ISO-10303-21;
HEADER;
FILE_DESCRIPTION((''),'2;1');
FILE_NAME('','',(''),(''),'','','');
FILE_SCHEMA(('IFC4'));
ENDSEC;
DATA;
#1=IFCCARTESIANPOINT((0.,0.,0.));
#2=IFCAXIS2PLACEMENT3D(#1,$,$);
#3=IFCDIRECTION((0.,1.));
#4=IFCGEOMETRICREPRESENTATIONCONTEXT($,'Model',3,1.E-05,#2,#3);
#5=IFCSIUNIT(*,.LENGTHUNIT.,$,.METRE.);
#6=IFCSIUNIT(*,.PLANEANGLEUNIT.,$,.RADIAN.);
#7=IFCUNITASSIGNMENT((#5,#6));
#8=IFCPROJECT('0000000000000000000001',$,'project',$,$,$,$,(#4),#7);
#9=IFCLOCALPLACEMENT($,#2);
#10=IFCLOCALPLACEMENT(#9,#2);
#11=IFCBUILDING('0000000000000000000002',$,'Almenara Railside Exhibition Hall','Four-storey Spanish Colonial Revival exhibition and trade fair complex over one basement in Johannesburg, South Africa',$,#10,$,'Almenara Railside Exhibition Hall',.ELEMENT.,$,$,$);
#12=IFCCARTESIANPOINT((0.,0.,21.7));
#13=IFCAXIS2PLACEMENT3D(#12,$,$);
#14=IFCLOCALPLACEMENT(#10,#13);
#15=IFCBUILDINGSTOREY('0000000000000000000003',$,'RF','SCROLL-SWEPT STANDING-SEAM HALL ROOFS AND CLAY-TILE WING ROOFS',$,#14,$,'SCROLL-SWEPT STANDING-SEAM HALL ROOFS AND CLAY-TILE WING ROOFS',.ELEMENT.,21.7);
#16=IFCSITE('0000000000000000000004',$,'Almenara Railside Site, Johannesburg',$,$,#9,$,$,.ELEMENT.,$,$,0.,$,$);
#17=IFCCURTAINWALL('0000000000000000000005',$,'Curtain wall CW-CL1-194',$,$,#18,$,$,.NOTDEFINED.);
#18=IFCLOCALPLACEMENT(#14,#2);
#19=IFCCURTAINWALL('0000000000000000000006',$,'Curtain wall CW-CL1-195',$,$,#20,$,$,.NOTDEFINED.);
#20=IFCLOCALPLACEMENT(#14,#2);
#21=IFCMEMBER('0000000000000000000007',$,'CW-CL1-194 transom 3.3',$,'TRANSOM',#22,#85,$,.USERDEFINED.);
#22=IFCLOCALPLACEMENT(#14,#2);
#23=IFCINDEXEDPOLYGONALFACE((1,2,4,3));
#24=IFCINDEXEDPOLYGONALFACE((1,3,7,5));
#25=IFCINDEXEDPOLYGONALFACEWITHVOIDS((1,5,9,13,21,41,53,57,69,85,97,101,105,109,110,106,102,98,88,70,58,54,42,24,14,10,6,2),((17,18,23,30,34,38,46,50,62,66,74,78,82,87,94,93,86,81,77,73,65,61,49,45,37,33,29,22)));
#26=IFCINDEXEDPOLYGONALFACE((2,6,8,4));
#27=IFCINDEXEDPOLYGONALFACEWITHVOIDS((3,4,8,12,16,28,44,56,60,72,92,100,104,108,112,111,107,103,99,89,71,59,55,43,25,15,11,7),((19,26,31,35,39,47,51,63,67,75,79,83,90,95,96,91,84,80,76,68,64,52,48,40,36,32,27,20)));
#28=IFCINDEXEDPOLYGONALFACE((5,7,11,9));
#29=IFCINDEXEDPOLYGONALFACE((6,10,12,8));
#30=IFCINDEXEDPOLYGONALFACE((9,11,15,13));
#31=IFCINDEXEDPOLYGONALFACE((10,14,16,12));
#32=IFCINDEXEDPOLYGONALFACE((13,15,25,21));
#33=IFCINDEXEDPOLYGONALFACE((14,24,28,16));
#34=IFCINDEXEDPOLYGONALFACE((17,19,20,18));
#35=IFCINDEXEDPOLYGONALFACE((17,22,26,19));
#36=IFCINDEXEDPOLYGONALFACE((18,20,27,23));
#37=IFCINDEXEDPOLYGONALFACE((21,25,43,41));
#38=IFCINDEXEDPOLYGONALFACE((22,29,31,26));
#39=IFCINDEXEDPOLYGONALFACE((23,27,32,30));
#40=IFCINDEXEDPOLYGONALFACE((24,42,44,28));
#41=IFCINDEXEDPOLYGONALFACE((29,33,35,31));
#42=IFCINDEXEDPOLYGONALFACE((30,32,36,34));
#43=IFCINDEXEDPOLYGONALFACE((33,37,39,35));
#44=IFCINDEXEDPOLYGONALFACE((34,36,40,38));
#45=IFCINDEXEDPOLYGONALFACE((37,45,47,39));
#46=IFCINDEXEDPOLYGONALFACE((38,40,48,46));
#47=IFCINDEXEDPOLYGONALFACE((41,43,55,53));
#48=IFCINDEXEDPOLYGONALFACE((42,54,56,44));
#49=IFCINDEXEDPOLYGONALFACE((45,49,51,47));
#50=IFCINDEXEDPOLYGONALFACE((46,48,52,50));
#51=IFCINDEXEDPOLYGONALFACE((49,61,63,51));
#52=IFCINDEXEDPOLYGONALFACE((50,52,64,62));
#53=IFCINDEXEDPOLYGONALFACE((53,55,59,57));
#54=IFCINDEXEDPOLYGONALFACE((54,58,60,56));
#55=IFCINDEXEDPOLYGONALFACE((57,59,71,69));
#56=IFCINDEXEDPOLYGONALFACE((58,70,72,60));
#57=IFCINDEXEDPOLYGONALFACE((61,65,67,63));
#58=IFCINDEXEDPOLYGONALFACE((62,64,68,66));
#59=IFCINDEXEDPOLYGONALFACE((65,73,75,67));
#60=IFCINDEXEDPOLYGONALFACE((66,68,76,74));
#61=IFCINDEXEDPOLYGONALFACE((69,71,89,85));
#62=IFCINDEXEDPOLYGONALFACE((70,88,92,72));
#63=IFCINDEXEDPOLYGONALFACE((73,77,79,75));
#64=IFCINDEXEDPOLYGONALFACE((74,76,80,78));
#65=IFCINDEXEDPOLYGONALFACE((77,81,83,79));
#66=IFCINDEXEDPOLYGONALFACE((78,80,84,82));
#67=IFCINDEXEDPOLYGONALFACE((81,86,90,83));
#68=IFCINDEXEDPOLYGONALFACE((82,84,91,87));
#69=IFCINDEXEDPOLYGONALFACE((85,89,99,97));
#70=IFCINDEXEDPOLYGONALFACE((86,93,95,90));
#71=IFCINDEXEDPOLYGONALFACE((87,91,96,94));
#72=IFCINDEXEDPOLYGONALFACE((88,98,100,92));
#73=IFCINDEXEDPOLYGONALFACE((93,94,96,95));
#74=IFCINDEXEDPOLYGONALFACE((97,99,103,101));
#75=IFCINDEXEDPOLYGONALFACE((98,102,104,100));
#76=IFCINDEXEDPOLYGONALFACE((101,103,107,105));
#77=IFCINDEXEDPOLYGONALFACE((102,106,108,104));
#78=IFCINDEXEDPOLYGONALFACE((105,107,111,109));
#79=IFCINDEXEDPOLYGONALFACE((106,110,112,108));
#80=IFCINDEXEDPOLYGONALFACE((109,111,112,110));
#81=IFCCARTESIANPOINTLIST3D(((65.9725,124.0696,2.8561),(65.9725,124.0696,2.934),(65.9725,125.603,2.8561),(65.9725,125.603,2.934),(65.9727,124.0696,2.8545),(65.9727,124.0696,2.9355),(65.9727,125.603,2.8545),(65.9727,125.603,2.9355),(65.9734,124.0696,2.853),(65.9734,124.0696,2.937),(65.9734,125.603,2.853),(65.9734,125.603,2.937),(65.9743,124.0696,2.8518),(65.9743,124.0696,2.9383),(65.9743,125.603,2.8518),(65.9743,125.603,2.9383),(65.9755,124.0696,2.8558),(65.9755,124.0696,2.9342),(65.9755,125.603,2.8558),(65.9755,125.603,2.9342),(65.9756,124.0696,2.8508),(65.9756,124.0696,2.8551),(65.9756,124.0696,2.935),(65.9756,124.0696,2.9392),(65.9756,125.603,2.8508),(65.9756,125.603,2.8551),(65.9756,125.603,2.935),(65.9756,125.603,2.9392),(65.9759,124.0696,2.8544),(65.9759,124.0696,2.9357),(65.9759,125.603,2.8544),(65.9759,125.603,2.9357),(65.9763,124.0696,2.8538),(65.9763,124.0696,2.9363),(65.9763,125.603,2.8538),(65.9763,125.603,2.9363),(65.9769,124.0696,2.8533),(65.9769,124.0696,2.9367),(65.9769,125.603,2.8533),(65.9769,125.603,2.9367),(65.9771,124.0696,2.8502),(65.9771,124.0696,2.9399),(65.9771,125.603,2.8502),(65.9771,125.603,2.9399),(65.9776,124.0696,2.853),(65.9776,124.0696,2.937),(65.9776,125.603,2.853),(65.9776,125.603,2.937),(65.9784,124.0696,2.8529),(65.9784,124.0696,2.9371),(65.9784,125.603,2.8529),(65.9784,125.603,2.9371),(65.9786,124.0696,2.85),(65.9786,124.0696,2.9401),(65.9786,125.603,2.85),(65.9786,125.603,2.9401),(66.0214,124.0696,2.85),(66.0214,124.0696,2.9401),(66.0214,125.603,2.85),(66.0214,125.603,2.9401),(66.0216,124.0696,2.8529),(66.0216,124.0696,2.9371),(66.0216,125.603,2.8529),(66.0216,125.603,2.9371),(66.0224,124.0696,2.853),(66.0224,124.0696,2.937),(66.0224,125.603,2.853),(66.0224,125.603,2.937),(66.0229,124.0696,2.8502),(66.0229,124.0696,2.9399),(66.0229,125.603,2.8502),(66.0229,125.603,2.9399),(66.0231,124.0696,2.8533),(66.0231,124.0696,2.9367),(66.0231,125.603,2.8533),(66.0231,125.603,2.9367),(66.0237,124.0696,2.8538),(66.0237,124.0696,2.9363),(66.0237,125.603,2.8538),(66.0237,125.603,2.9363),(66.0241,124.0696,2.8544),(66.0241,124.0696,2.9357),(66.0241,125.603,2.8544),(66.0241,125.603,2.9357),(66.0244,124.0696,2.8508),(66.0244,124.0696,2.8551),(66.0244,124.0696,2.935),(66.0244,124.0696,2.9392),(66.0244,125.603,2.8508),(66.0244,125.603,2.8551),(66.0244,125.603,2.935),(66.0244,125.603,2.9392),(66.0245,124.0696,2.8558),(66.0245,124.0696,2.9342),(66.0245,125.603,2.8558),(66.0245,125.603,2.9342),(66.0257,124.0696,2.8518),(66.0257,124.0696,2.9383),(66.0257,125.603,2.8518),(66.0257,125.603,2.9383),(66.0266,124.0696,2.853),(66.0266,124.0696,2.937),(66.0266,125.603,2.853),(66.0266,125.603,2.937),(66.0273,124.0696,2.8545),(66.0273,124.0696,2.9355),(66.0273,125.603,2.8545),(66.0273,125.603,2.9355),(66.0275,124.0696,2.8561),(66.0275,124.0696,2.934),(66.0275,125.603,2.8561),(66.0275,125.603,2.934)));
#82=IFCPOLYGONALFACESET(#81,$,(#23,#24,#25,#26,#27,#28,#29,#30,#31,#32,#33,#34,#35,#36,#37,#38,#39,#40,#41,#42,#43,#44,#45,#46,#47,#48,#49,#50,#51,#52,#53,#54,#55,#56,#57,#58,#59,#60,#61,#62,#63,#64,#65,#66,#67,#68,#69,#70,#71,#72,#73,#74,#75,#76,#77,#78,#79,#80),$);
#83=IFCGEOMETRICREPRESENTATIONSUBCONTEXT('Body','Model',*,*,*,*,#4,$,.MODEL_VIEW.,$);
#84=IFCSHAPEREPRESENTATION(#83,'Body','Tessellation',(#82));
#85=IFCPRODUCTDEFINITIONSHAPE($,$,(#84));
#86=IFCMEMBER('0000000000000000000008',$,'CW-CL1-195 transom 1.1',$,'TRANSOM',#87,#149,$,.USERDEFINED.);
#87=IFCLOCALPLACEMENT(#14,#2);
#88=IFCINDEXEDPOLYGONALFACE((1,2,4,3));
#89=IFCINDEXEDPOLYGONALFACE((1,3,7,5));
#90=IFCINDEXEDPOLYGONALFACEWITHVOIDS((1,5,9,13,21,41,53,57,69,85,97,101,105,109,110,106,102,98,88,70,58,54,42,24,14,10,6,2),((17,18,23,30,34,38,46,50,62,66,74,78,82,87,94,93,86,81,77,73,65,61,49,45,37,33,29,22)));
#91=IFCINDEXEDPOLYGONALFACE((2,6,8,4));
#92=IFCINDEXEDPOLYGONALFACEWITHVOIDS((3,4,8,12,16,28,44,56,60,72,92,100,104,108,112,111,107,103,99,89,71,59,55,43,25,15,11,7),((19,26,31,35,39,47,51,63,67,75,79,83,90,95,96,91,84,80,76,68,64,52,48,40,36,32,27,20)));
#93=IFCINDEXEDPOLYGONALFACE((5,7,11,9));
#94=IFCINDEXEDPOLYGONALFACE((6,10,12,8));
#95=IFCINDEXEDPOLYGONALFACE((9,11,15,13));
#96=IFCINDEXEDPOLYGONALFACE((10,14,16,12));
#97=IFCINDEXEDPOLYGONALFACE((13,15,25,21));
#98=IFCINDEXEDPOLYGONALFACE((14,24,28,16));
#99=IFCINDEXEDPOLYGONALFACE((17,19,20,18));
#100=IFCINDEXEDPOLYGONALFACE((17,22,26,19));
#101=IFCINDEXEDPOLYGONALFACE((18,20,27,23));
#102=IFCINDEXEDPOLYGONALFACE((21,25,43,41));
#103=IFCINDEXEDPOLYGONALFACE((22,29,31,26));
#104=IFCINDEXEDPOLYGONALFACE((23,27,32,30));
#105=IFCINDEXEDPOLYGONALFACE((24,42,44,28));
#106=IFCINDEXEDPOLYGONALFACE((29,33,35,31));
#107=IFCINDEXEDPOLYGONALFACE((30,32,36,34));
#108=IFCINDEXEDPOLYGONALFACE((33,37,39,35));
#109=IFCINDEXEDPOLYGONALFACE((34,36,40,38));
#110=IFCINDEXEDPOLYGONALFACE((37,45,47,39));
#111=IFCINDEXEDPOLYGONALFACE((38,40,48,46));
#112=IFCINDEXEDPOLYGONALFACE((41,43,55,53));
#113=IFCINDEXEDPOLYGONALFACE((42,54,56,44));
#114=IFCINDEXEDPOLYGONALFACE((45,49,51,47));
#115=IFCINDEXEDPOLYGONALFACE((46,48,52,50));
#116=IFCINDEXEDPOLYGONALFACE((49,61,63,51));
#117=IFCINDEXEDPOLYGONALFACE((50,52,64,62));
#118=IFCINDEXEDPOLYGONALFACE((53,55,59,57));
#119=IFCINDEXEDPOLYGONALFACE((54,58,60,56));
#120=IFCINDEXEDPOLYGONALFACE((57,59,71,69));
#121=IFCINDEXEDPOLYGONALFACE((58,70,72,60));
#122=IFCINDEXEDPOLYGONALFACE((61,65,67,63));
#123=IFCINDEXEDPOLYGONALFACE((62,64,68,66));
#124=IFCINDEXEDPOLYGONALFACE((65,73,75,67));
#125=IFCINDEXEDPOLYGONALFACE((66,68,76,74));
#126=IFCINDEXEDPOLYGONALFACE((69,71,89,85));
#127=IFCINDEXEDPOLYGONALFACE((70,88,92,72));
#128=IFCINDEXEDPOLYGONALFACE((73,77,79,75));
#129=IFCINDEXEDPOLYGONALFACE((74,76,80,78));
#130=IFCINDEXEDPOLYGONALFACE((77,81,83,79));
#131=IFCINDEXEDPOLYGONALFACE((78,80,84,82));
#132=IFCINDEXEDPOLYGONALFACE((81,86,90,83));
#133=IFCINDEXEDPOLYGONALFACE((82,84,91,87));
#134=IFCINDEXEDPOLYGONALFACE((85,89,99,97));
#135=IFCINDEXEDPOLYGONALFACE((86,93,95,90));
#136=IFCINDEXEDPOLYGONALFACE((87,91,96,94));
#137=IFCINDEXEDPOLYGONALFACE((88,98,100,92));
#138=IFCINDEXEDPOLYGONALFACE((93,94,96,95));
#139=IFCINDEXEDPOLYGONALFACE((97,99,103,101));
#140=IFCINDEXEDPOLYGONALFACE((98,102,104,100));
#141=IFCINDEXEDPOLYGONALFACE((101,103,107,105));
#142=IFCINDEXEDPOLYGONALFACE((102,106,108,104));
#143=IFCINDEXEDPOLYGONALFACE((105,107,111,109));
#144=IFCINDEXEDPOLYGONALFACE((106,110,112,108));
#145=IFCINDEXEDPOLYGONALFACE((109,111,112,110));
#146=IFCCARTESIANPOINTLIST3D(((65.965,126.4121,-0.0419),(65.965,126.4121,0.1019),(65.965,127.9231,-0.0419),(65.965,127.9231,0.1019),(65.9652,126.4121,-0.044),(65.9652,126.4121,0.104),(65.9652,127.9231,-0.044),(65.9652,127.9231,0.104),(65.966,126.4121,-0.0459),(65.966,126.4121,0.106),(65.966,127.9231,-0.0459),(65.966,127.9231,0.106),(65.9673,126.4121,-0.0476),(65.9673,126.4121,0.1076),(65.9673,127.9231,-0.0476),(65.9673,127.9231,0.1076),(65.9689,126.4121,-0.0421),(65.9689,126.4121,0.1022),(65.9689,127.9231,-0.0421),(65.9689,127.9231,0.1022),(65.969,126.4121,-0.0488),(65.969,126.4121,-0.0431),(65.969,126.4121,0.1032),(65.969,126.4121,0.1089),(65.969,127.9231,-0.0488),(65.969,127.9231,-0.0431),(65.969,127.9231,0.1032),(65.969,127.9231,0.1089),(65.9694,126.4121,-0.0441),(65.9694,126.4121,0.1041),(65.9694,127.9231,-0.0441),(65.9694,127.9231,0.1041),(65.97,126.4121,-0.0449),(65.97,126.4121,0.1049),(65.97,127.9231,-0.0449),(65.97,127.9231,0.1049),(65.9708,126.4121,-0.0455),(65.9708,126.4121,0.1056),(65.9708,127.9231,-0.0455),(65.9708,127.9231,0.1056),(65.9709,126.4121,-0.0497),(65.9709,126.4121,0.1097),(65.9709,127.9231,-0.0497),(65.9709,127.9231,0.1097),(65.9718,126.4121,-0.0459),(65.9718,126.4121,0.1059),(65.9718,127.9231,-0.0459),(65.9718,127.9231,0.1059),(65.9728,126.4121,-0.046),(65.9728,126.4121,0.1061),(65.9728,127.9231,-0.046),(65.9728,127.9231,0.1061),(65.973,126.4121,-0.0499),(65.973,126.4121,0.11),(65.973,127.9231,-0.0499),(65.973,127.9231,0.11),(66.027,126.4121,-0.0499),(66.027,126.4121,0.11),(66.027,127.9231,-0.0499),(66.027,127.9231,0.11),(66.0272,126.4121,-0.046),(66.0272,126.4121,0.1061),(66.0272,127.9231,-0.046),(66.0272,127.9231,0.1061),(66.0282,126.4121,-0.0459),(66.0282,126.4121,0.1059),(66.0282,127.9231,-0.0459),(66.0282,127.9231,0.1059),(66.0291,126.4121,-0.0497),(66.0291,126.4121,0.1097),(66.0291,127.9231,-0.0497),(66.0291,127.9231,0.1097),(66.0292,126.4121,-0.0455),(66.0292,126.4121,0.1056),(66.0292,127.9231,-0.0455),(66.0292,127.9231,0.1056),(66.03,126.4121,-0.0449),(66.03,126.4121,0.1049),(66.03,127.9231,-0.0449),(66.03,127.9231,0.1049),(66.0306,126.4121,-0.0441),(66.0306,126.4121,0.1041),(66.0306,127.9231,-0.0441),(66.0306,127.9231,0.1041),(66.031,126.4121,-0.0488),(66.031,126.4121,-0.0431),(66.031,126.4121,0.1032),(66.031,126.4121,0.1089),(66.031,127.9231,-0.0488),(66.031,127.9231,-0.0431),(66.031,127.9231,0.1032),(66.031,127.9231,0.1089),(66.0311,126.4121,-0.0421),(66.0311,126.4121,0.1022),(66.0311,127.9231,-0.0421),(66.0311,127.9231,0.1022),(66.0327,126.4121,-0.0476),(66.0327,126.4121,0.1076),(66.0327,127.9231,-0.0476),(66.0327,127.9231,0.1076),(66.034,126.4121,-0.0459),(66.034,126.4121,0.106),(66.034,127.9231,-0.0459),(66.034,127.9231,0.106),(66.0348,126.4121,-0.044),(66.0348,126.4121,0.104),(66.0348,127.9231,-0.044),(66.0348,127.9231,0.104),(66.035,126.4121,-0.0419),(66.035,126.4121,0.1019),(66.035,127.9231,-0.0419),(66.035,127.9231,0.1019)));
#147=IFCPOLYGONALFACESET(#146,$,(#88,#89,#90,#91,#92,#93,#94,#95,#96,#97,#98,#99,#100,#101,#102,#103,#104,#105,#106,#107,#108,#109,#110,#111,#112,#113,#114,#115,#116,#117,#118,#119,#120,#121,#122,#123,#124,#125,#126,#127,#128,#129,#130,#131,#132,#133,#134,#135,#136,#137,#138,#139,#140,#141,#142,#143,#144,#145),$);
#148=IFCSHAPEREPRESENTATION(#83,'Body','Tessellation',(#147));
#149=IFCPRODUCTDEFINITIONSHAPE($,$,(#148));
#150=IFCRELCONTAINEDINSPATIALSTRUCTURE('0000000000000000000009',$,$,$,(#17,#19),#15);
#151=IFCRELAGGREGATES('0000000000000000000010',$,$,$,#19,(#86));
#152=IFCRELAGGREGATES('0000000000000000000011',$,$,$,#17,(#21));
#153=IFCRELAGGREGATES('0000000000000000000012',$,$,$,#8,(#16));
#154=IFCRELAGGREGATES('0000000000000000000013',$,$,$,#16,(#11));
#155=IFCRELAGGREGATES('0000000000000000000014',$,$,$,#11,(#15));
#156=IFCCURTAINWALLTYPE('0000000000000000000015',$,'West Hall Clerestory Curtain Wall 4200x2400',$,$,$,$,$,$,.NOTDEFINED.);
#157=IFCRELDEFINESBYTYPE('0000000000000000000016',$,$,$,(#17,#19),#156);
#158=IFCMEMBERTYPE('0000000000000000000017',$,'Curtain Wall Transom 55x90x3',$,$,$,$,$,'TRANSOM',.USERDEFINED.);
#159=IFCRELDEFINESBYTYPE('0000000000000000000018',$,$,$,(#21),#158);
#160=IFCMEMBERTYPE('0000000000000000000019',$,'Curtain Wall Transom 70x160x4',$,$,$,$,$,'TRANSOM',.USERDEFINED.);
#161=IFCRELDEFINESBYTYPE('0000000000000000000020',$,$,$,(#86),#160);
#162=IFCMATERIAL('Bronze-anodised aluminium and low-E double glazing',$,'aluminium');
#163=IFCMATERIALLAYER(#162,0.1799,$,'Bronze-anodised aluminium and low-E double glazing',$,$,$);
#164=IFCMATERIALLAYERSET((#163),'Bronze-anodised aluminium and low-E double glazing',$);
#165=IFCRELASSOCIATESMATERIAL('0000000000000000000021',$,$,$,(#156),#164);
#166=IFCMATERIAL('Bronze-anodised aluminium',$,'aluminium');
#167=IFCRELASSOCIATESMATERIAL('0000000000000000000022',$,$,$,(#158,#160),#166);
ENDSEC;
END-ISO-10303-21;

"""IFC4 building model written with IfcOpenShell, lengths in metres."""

from ifc_helpers import new_model, si_unit, direction, frame, origin, origin_2d, place, context, subcontext, project, spatial, hollow_rectangle, extrude, material, layer, layer_set, material_profile, profile_set, type_object, element, aggregate, save


model = new_model("IFC4")

# Units and contexts
model_context = context("Model", 3, precision=1e-05, world=origin(), true_north=direction((0.0, 1.0)))
body_context = subcontext(model_context, "Body", "Model", "MODEL_VIEW")
ifc_project = project(units=[si_unit("LENGTHUNIT", "METRE"), si_unit("PLANEANGLEUNIT", "RADIAN")], contexts=[model_context])

# Site, building, storey
site_placement = place(None, origin())
site = spatial("IfcSite", under=ifc_project, at=site_placement, Name="Almenara Railside Site, Johannesburg", CompositionType="ELEMENT", RefElevation=0.0)
building_placement = place(site_placement, origin())
building = spatial("IfcBuilding", under=site, at=building_placement, Name="Almenara Railside Exhibition Hall", Description="Four-storey Spanish Colonial Revival exhibition and trade fair complex over one basement in Johannesburg, South Africa", LongName="Almenara Railside Exhibition Hall", CompositionType="ELEMENT")
storey_placement = place(building_placement, frame((0.0, 0.0, 21.7)))
storey = spatial("IfcBuildingStorey", under=building, at=storey_placement, Name="RF", Description="SCROLL-SWEPT STANDING-SEAM HALL ROOFS AND CLAY-TILE WING ROOFS", LongName="SCROLL-SWEPT STANDING-SEAM HALL ROOFS AND CLAY-TILE WING ROOFS", CompositionType="ELEMENT", Elevation=21.7)

# Curtain walls
ifc_material_1 = material(Name="Bronze-anodised aluminium and low-E double glazing", Category="aluminium")
ifc_layer_1 = layer(ifc_material_1, 0.1799, Name="Bronze-anodised aluminium and low-E double glazing")
ifc_layer_set_1 = layer_set([ifc_layer_1], Name="Bronze-anodised aluminium and low-E double glazing")
curtain_wall_type = type_object("IfcCurtainWallType", Name="West Hall Clerestory Curtain Wall 4200x2400", PredefinedType="NOTDEFINED", material=ifc_layer_set_1)
curtain_wall_1_placement = place(storey_placement, origin())
curtain_wall_1 = element("IfcCurtainWall", 1, at=curtain_wall_1_placement, inside=storey, type_object=curtain_wall_type, Name="Curtain wall CW-CL1-194", PredefinedType="NOTDEFINED")
ifc_material_2 = material(Name="Bronze-anodised aluminium", Category="aluminium")
curtain_wall_2_placement = place(storey_placement, origin())
curtain_wall_2 = element("IfcCurtainWall", 2, at=curtain_wall_2_placement, inside=storey, type_object=curtain_wall_type, Name="Curtain wall CW-CL1-195", PredefinedType="NOTDEFINED")

# Members
ifc_material_profile_1 = material_profile(ifc_material_2, hollow_rectangle(XDim=0.0549, YDim=0.0901, WallThickness=0.0029, InnerFilletRadius=0.0029, OuterFilletRadius=0.0061, at=origin_2d()), Name="ALU-TRN 55x90x3")
ifc_profile_set_1 = profile_set([ifc_material_profile_1], Name="Bronze-anodised aluminium")
member_type_1 = type_object("IfcMemberType", Name="Curtain Wall Transom 55x90x3", ElementType="TRANSOM", PredefinedType="USERDEFINED", material=ifc_profile_set_1)
member_1_placement = place(storey_placement, frame((66.0, 124.0696, 2.895), z_axis=(0.0, 1.0, 0.0), x_axis=(-1.0, 0.0, 0.0)))
member_1 = element("IfcMember", 3, at=member_1_placement, type_object=member_type_1, Name="CW-CL1-194 transom 3.3", ObjectType="TRANSOM", PredefinedType="USERDEFINED", context=body_context, shape_type="SweptSolid", body=[
    extrude(hollow_rectangle(XDim=0.0549, YDim=0.0901, WallThickness=0.0029, InnerFilletRadius=0.0029, OuterFilletRadius=0.0061, at=origin_2d()), origin(), (0.0, 0.0, 1.0), 1.5334),
])
ifc_material_profile_2 = material_profile(ifc_material_2, hollow_rectangle(XDim=0.0701, YDim=0.1599, WallThickness=0.0039, InnerFilletRadius=0.0039, OuterFilletRadius=0.0081, at=origin_2d()), Name="ALU-TRN 70x160x4")
ifc_profile_set_2 = profile_set([ifc_material_profile_2], Name="Bronze-anodised aluminium")
member_type_2 = type_object("IfcMemberType", Name="Curtain Wall Transom 70x160x4", ElementType="TRANSOM", PredefinedType="USERDEFINED", material=ifc_profile_set_2)
member_2_placement = place(storey_placement, frame((66.0, 126.4121, 0.03), z_axis=(0.0, 1.0, 0.0), x_axis=(-1.0, 0.0, 0.0)))
member_2 = element("IfcMember", 4, at=member_2_placement, type_object=member_type_2, Name="CW-CL1-195 transom 1.1", ObjectType="TRANSOM", PredefinedType="USERDEFINED", context=body_context, shape_type="SweptSolid", body=[
    extrude(hollow_rectangle(XDim=0.0701, YDim=0.1599, WallThickness=0.0039, InnerFilletRadius=0.0039, OuterFilletRadius=0.0081, at=origin_2d()), origin(), (0.0, 0.0, 1.0), 1.511),
])

aggregate(curtain_wall_2, [member_2])
aggregate(curtain_wall_1, [member_1])

save(model, "model.ifc")
